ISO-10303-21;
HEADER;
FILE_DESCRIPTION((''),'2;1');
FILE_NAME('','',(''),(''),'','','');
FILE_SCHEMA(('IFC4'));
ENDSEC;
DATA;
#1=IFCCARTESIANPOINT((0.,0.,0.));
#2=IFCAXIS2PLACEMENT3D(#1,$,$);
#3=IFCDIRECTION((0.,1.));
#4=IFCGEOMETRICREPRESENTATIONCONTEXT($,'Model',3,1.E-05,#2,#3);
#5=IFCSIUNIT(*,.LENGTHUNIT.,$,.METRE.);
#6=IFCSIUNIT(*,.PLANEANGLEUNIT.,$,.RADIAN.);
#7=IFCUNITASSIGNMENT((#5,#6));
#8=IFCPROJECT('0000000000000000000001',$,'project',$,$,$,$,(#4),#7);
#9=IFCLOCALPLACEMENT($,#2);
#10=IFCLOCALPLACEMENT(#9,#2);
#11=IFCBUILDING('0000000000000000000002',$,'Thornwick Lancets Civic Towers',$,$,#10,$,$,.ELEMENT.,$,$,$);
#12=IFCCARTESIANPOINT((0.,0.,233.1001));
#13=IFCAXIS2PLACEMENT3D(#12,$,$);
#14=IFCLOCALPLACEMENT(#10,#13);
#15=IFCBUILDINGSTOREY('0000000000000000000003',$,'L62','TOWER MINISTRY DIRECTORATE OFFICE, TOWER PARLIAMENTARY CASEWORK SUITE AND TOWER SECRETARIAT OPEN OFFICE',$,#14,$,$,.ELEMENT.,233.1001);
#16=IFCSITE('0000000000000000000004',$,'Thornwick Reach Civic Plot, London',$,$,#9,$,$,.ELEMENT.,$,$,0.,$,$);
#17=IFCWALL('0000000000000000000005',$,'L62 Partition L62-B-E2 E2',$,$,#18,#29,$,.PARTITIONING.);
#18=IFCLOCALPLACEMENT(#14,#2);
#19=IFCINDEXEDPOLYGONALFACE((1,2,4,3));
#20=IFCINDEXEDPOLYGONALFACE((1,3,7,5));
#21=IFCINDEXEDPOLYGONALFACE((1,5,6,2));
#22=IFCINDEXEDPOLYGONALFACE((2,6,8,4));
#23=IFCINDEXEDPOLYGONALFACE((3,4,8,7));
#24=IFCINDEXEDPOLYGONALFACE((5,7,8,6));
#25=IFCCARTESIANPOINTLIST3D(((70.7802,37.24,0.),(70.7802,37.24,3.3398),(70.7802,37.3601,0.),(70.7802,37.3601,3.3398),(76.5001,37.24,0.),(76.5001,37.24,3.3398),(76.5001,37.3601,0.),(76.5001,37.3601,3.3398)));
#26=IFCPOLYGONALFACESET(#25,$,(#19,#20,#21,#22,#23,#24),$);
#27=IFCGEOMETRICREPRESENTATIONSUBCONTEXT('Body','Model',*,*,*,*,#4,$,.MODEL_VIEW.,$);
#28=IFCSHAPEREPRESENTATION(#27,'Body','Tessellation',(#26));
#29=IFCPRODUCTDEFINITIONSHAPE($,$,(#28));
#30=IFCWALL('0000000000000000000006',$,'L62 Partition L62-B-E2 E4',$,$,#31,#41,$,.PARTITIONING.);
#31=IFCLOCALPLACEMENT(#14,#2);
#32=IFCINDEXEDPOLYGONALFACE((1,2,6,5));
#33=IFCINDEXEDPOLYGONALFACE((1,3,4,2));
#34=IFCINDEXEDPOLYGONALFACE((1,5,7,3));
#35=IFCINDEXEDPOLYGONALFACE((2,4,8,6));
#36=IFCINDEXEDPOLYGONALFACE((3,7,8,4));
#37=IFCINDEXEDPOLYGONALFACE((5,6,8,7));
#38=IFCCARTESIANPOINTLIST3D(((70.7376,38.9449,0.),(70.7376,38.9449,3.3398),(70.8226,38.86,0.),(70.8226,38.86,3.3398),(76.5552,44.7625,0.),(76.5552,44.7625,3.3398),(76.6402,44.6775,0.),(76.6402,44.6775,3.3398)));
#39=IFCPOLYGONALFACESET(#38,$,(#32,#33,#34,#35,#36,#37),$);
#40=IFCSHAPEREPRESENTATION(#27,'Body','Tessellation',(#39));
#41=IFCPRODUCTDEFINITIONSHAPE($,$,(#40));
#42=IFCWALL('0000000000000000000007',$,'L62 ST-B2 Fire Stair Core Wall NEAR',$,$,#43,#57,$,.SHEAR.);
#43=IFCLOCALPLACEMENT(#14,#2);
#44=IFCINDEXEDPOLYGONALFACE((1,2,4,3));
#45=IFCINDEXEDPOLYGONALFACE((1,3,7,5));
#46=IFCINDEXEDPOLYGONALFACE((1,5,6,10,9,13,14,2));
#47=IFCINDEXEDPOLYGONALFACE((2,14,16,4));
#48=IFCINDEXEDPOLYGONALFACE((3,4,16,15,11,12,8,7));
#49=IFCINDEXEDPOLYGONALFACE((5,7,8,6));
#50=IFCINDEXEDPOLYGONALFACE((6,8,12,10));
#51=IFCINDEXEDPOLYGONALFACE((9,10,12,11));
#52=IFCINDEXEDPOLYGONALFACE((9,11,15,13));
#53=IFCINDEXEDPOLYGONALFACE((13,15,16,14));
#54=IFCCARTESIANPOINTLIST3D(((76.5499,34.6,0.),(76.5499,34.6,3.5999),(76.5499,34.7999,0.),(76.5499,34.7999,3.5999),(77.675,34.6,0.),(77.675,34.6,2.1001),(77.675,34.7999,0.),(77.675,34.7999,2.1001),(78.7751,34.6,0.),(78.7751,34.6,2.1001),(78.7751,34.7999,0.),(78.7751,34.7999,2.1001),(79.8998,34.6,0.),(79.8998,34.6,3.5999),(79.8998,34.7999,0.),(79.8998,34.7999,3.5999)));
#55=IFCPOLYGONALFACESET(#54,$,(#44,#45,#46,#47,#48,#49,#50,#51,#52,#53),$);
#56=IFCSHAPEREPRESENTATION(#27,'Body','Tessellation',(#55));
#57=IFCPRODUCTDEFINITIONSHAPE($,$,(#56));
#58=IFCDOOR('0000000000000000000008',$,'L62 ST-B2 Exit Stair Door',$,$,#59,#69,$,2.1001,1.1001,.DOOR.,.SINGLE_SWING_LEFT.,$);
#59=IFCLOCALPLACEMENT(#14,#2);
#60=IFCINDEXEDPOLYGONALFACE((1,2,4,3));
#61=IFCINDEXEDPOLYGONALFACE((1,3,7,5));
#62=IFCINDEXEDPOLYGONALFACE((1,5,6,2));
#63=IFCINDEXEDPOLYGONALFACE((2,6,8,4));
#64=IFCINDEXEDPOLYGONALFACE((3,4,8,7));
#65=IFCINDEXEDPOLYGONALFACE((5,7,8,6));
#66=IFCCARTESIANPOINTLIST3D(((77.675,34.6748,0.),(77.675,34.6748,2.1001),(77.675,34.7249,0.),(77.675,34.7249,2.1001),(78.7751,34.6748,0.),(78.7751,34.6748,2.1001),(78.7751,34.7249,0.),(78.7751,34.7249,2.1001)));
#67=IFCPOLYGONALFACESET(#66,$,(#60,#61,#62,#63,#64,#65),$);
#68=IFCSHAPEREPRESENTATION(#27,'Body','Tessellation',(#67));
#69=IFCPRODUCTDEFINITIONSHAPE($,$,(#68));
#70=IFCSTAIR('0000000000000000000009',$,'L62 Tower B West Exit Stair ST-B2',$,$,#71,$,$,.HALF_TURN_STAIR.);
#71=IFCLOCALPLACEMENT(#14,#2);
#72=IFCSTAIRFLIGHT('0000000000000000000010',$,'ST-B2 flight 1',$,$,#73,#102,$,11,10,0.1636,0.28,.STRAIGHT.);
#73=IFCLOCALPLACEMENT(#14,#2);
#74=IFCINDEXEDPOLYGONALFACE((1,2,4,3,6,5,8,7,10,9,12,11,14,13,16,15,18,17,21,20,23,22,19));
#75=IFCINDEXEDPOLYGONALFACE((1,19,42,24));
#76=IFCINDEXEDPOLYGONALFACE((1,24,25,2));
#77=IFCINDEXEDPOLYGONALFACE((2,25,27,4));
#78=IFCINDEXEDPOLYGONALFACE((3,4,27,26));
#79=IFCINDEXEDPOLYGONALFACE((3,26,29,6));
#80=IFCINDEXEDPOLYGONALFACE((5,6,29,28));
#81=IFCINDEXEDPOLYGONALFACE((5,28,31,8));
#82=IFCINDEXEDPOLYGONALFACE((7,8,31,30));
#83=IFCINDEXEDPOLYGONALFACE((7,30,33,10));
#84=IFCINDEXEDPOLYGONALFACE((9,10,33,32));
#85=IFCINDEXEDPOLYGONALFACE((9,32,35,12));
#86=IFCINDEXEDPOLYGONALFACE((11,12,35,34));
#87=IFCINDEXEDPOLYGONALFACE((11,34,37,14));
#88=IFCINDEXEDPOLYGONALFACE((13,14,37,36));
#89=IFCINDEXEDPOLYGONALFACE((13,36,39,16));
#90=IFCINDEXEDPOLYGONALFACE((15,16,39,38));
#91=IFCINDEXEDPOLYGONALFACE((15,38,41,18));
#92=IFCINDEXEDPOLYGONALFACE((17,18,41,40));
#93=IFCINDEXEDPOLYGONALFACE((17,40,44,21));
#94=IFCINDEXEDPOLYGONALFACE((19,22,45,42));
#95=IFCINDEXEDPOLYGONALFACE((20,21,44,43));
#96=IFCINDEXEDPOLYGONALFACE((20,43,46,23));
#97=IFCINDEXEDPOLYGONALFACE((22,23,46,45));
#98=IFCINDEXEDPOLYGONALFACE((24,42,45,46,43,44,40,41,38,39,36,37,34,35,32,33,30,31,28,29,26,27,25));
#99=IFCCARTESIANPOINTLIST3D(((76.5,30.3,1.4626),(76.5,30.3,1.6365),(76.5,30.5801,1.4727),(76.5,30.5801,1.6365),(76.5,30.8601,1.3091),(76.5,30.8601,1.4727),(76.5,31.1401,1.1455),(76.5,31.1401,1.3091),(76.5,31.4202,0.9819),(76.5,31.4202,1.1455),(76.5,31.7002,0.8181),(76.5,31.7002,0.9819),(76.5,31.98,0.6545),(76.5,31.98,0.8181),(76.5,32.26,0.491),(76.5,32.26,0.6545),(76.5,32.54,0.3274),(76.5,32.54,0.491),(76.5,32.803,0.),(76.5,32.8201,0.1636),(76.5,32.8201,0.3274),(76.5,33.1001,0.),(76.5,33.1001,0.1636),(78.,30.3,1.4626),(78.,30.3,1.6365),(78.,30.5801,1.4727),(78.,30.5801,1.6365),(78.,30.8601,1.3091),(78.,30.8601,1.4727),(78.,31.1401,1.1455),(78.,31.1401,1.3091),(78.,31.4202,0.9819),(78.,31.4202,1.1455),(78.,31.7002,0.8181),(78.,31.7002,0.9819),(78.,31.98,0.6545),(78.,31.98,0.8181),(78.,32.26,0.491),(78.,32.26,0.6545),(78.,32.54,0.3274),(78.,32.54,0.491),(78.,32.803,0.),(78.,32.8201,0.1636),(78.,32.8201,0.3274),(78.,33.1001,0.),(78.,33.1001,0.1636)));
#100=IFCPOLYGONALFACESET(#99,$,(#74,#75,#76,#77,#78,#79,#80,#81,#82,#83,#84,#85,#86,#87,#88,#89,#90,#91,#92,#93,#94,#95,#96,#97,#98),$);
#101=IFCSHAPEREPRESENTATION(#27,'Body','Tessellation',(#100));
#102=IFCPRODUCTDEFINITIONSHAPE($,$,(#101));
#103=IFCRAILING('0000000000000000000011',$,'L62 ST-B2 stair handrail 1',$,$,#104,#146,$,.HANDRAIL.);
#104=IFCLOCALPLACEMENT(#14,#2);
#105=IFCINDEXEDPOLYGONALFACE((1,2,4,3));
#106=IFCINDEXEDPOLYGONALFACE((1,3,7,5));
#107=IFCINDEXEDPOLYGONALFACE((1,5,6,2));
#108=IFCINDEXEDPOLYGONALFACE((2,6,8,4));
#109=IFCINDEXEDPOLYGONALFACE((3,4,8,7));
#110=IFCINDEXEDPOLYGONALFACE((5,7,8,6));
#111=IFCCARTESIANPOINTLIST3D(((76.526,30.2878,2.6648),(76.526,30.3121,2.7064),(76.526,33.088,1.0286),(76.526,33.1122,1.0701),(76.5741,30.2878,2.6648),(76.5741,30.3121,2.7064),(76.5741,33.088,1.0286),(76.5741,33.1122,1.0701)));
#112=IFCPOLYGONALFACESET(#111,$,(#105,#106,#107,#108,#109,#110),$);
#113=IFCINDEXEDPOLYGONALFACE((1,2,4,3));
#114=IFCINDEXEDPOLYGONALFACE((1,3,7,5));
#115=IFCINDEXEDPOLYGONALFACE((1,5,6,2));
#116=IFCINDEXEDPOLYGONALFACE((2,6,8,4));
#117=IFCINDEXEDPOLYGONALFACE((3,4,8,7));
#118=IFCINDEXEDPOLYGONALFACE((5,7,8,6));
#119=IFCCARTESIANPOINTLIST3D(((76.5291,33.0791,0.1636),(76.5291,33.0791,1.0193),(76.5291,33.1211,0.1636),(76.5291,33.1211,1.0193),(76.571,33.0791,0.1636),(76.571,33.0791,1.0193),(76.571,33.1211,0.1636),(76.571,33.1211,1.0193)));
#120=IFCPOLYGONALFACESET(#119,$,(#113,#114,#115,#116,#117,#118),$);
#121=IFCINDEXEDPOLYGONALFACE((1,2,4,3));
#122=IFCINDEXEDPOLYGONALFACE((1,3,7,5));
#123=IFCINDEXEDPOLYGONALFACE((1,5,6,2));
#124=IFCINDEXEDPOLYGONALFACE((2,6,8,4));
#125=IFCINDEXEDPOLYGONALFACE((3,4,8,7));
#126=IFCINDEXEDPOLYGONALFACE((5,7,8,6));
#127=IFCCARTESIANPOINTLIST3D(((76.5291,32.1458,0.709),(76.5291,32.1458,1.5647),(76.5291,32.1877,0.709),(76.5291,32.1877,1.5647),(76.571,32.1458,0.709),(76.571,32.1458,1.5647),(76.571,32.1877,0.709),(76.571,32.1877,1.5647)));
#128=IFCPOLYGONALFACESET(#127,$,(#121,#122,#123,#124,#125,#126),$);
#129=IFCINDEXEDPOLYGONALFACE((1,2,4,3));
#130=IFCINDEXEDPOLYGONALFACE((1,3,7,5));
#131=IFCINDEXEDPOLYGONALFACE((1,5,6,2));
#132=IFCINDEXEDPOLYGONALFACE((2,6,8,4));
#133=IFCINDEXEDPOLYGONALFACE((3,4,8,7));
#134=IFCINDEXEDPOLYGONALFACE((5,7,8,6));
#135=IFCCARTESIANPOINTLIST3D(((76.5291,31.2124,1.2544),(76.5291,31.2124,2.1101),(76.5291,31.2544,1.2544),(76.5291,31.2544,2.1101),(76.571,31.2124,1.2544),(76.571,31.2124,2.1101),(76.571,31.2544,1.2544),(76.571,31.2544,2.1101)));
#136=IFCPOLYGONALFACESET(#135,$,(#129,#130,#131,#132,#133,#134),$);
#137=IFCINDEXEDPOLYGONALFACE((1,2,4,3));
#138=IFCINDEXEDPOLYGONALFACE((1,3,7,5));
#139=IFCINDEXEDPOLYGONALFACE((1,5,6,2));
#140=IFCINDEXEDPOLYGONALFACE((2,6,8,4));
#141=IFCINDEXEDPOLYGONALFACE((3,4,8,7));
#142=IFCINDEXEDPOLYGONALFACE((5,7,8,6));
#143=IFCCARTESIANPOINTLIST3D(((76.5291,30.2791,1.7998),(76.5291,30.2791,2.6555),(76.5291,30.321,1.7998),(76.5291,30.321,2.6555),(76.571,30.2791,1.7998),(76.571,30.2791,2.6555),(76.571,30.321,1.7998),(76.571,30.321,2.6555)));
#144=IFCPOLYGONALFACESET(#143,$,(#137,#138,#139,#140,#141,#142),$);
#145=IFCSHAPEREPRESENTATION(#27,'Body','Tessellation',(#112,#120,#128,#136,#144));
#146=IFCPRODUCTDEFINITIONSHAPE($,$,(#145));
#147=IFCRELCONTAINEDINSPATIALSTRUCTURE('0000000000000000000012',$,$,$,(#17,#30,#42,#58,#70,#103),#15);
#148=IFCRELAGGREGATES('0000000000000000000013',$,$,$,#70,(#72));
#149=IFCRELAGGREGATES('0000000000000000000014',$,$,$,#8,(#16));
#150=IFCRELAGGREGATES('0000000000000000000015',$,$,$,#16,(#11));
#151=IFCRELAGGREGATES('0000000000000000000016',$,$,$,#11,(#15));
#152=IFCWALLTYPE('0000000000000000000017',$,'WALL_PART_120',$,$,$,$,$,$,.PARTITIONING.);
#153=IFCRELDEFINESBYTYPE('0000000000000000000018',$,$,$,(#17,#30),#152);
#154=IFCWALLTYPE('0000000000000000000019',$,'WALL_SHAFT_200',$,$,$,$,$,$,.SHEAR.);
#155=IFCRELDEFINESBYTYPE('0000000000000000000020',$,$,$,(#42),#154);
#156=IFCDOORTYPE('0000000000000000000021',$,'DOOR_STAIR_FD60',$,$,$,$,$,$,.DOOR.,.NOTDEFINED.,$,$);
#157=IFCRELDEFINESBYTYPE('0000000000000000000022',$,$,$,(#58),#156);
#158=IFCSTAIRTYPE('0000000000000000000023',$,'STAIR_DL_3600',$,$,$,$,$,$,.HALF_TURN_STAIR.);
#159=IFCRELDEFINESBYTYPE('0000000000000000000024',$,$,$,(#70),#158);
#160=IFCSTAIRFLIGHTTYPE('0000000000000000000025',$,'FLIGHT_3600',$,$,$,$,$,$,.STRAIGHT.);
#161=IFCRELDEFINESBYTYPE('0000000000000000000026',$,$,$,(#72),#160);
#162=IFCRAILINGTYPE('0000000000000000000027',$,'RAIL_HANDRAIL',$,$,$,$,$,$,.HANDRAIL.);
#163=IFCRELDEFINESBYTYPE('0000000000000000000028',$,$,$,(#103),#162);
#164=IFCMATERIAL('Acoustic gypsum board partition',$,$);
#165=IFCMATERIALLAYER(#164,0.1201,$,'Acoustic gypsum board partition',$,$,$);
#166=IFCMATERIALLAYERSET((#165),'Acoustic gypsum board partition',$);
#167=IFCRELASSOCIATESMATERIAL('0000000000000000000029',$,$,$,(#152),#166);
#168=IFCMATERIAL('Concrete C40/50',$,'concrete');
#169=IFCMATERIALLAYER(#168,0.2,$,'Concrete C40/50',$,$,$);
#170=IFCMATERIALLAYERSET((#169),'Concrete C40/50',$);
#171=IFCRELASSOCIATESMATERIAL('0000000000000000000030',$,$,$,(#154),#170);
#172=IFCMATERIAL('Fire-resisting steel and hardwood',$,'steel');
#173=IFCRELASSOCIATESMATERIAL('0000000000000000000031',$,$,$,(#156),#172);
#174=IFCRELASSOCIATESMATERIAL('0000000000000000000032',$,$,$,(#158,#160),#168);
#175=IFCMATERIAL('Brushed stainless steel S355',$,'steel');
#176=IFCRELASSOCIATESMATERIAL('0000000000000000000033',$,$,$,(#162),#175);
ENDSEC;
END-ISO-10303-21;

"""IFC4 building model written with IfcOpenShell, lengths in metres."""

from ifc_helpers import new_model, si_unit, direction, frame, frame_2d, origin, origin_2d, place, context, subcontext, project, spatial, polyline, rectangle, outline, extrude, material, layer, layer_set, type_object, element, fill, aggregate, save


model = new_model("IFC4")

# Units and contexts
model_context = context("Model", 3, precision=1e-05, world=origin(), true_north=direction((0.0, 1.0)))
body_context = subcontext(model_context, "Body", "Model", "MODEL_VIEW")
ifc_project = project(units=[si_unit("LENGTHUNIT", "METRE"), si_unit("PLANEANGLEUNIT", "RADIAN")], contexts=[model_context])

# Site, building, storey
site_placement = place(None, origin())
site = spatial("IfcSite", under=ifc_project, at=site_placement, Name="Thornwick Reach Civic Plot, London", CompositionType="ELEMENT", RefElevation=0.0)
building_placement = place(site_placement, origin())
building = spatial("IfcBuilding", under=site, at=building_placement, Name="Thornwick Lancets Civic Towers", CompositionType="ELEMENT")
storey_placement = place(building_placement, frame((0.0, 0.0, 233.1001)))
storey = spatial("IfcBuildingStorey", under=building, at=storey_placement, Name="L62", Description="TOWER MINISTRY DIRECTORATE OFFICE, TOWER PARLIAMENTARY CASEWORK SUITE AND TOWER SECRETARIAT OPEN OFFICE", CompositionType="ELEMENT", Elevation=233.1001)

# Shared definitions
ifc_material_1 = material(Name="Concrete C40/50", Category="concrete")

# Walls
ifc_material_2 = material(Name="Acoustic gypsum board partition")
ifc_layer_1 = layer(ifc_material_2, 0.1201, Name="Acoustic gypsum board partition")
ifc_layer_set_1 = layer_set([ifc_layer_1], Name="Acoustic gypsum board partition")
wall_type_1 = type_object("IfcWallType", Name="WALL_PART_120", PredefinedType="PARTITIONING", material=ifc_layer_set_1)
wall_1_placement = place(storey_placement, frame((76.5, 37.3, 0.0), z_axis=(0.0, 0.0, 1.0), x_axis=(-1.0, 0.0, 0.0)))
element("IfcWall", 1, at=wall_1_placement, inside=storey, type_object=wall_type_1, Name="L62 Partition L62-B-E2 E2", PredefinedType="PARTITIONING", context=body_context, shape_type="SweptSolid", body=[
    extrude(rectangle(XDim=5.72, YDim=0.1201, at=frame_2d((2.8599, 0.0))), origin(), (0.0, 0.0, 1.0), 3.3398),
])
wall_2_placement = place(storey_placement, frame((70.78, 38.9023, 0.0), z_axis=(0.0, 0.0, 1.0), x_axis=(0.707107, 0.707107, 0.0)))
element("IfcWall", 2, at=wall_2_placement, inside=storey, type_object=wall_type_1, Name="L62 Partition L62-B-E2 E4", PredefinedType="PARTITIONING", context=body_context, shape_type="SweptSolid", body=[
    extrude(rectangle(XDim=8.2273, YDim=0.1201, at=frame_2d((4.1138, 0.0))), origin(), (0.0, 0.0, 1.0), 3.3398),
])

# Wall, opening, door
ifc_layer_2 = layer(ifc_material_1, 0.2, Name="Concrete C40/50")
ifc_layer_set_2 = layer_set([ifc_layer_2], Name="Concrete C40/50")
wall_type_2 = type_object("IfcWallType", Name="WALL_SHAFT_200", PredefinedType="SHEAR", material=ifc_layer_set_2)
wall_3_placement = place(storey_placement, frame((76.55, 34.7, 0.0), z_axis=(0.0, 0.0, 1.0), x_axis=(1.0, 0.0, 0.0)))
wall_3 = element("IfcWall", 3, at=wall_3_placement, inside=storey, type_object=wall_type_2, Name="L62 ST-B2 Fire Stair Core Wall NEAR", PredefinedType="SHEAR", context=body_context, shape_type="SweptSolid", body=[
    extrude(rectangle(XDim=3.3499, YDim=0.2, at=frame_2d((1.6748, 0.0))), origin(), (0.0, 0.0, 1.0), 3.5999),
])
opening_1_placement = place(wall_3_placement, frame((1.125, 0.0, 0.0)))
opening_1 = element("IfcOpeningElement", 4, at=opening_1_placement, cuts=wall_3, PredefinedType="OPENING", context=body_context, shape_type="SweptSolid", body=[
    extrude(rectangle(XDim=1.1001, YDim=2.1001, at=frame_2d((0.55, 1.05))), frame((0.0, 0.1099, 0.0), z_axis=(0.0, -1.0, 0.0), x_axis=(1.0, 0.0, 0.0)), (0.0, 0.0, 1.0), 0.22),
])
ifc_material_3 = material(Name="Fire-resisting steel and hardwood", Category="steel")
door_type = type_object("IfcDoorType", Name="DOOR_STAIR_FD60", OperationType="NOTDEFINED", PredefinedType="DOOR", material=ifc_material_3)
door_placement = place(opening_1_placement, origin())
door = element("IfcDoor", 5, at=door_placement, inside=storey, type_object=door_type, Name="L62 ST-B2 Exit Stair Door", OperationType="SINGLE_SWING_LEFT", OverallHeight=2.1001, OverallWidth=1.1001, PredefinedType="DOOR", context=body_context, shape_type="SweptSolid", body=[
    extrude(rectangle(XDim=1.1001, YDim=2.1001, at=frame_2d((0.55, 1.05))), frame((0.0, 0.0249, 0.0), z_axis=(0.0, -1.0, 0.0), x_axis=(1.0, 0.0, 0.0)), (0.0, 0.0, 1.0), 0.05),
])
fill(opening_1, door)

# Stair, stair flight
stair_type = type_object("IfcStairType", Name="STAIR_DL_3600", PredefinedType="HALF_TURN_STAIR", material=ifc_material_1)
stair_placement = place(storey_placement, origin())
stair = element("IfcStair", 6, at=stair_placement, inside=storey, type_object=stair_type, Name="L62 Tower B West Exit Stair ST-B2", PredefinedType="HALF_TURN_STAIR")
stair_flight_type = type_object("IfcStairFlightType", Name="FLIGHT_3600", PredefinedType="STRAIGHT", material=ifc_material_1)
stair_flight_placement = place(storey_placement, frame((77.25, 33.1001, 0.0), z_axis=(0.0, 0.0, 1.0), x_axis=(0.0, -1.0, 0.0)))
stair_flight = element("IfcStairFlight", 7, at=stair_flight_placement, type_object=stair_flight_type, Name="ST-B2 flight 1", NumberOfRisers=11, NumberOfTreads=10, PredefinedType="STRAIGHT", RiserHeight=0.1636, TreadLength=0.28, context=body_context, shape_type="SweptSolid", body=[
    extrude(outline(polyline([(0.0, 0.0), (0.0, 0.1636), (0.28, 0.1636), (0.28, 0.3274), (0.5601, 0.3274), (0.5601, 0.491), (0.8401, 0.491), (0.8401, 0.6545), (1.1201, 0.6545), (1.1201, 0.8181), (1.3999, 0.8181), (1.3999, 0.9819), (1.6799, 0.9819), (1.6799, 1.1455), (1.96, 1.1455), (1.96, 1.3091), (2.24, 1.3091), (2.24, 1.4727), (2.52, 1.4727), (2.52, 1.6365), (2.8, 1.6365), (2.8, 1.8), (2.8, 1.4626), (0.2971, 0.0), (0.0, 0.0)])), frame((0.0, 0.75, 0.0), z_axis=(0.0, -1.0, 0.0), x_axis=(1.0, 0.0, 0.0)), (0.0, 0.0, 1.0), 1.5),
])
aggregate(stair, [stair_flight])

# Railing
ifc_material_4 = material(Name="Brushed stainless steel S355", Category="steel")
railing_type_1 = type_object("IfcRailingType", Name="RAIL_HANDRAIL", PredefinedType="HANDRAIL", material=ifc_material_4)
railing_1_placement = place(storey_placement, frame((76.55, 33.1001, 0.1636)))
element("IfcRailing", 8, at=railing_1_placement, inside=storey, type_object=railing_type_1, Name="L62 ST-B2 stair handrail 1", PredefinedType="HANDRAIL", context=body_context, shape_type="SweptSolid", body=[
    extrude(rectangle(XDim=0.0481, YDim=0.0481, at=origin_2d()), frame((0.0, 0.0, 0.8857), z_axis=(0.0, -0.863394, 0.504531), x_axis=(1.0, 0.0, 0.0)), (0.0, 0.0, 1.0), 3.2432),
    extrude(rectangle(XDim=0.042, YDim=0.042, at=origin_2d()), origin(), (0.0, 0.0, 1.0), 0.8557),
    extrude(rectangle(XDim=0.042, YDim=0.042, at=origin_2d()), frame((0.0, -0.9333, 0.5454)), (0.0, 0.0, 1.0), 0.8557),
    extrude(rectangle(XDim=0.042, YDim=0.042, at=origin_2d()), frame((0.0, -1.8667, 1.0908)), (0.0, 0.0, 1.0), 0.8557),
    extrude(rectangle(XDim=0.042, YDim=0.042, at=origin_2d()), frame((0.0, -2.8, 1.6362)), (0.0, 0.0, 1.0), 0.8557),
])

save(model, "model.ifc")
